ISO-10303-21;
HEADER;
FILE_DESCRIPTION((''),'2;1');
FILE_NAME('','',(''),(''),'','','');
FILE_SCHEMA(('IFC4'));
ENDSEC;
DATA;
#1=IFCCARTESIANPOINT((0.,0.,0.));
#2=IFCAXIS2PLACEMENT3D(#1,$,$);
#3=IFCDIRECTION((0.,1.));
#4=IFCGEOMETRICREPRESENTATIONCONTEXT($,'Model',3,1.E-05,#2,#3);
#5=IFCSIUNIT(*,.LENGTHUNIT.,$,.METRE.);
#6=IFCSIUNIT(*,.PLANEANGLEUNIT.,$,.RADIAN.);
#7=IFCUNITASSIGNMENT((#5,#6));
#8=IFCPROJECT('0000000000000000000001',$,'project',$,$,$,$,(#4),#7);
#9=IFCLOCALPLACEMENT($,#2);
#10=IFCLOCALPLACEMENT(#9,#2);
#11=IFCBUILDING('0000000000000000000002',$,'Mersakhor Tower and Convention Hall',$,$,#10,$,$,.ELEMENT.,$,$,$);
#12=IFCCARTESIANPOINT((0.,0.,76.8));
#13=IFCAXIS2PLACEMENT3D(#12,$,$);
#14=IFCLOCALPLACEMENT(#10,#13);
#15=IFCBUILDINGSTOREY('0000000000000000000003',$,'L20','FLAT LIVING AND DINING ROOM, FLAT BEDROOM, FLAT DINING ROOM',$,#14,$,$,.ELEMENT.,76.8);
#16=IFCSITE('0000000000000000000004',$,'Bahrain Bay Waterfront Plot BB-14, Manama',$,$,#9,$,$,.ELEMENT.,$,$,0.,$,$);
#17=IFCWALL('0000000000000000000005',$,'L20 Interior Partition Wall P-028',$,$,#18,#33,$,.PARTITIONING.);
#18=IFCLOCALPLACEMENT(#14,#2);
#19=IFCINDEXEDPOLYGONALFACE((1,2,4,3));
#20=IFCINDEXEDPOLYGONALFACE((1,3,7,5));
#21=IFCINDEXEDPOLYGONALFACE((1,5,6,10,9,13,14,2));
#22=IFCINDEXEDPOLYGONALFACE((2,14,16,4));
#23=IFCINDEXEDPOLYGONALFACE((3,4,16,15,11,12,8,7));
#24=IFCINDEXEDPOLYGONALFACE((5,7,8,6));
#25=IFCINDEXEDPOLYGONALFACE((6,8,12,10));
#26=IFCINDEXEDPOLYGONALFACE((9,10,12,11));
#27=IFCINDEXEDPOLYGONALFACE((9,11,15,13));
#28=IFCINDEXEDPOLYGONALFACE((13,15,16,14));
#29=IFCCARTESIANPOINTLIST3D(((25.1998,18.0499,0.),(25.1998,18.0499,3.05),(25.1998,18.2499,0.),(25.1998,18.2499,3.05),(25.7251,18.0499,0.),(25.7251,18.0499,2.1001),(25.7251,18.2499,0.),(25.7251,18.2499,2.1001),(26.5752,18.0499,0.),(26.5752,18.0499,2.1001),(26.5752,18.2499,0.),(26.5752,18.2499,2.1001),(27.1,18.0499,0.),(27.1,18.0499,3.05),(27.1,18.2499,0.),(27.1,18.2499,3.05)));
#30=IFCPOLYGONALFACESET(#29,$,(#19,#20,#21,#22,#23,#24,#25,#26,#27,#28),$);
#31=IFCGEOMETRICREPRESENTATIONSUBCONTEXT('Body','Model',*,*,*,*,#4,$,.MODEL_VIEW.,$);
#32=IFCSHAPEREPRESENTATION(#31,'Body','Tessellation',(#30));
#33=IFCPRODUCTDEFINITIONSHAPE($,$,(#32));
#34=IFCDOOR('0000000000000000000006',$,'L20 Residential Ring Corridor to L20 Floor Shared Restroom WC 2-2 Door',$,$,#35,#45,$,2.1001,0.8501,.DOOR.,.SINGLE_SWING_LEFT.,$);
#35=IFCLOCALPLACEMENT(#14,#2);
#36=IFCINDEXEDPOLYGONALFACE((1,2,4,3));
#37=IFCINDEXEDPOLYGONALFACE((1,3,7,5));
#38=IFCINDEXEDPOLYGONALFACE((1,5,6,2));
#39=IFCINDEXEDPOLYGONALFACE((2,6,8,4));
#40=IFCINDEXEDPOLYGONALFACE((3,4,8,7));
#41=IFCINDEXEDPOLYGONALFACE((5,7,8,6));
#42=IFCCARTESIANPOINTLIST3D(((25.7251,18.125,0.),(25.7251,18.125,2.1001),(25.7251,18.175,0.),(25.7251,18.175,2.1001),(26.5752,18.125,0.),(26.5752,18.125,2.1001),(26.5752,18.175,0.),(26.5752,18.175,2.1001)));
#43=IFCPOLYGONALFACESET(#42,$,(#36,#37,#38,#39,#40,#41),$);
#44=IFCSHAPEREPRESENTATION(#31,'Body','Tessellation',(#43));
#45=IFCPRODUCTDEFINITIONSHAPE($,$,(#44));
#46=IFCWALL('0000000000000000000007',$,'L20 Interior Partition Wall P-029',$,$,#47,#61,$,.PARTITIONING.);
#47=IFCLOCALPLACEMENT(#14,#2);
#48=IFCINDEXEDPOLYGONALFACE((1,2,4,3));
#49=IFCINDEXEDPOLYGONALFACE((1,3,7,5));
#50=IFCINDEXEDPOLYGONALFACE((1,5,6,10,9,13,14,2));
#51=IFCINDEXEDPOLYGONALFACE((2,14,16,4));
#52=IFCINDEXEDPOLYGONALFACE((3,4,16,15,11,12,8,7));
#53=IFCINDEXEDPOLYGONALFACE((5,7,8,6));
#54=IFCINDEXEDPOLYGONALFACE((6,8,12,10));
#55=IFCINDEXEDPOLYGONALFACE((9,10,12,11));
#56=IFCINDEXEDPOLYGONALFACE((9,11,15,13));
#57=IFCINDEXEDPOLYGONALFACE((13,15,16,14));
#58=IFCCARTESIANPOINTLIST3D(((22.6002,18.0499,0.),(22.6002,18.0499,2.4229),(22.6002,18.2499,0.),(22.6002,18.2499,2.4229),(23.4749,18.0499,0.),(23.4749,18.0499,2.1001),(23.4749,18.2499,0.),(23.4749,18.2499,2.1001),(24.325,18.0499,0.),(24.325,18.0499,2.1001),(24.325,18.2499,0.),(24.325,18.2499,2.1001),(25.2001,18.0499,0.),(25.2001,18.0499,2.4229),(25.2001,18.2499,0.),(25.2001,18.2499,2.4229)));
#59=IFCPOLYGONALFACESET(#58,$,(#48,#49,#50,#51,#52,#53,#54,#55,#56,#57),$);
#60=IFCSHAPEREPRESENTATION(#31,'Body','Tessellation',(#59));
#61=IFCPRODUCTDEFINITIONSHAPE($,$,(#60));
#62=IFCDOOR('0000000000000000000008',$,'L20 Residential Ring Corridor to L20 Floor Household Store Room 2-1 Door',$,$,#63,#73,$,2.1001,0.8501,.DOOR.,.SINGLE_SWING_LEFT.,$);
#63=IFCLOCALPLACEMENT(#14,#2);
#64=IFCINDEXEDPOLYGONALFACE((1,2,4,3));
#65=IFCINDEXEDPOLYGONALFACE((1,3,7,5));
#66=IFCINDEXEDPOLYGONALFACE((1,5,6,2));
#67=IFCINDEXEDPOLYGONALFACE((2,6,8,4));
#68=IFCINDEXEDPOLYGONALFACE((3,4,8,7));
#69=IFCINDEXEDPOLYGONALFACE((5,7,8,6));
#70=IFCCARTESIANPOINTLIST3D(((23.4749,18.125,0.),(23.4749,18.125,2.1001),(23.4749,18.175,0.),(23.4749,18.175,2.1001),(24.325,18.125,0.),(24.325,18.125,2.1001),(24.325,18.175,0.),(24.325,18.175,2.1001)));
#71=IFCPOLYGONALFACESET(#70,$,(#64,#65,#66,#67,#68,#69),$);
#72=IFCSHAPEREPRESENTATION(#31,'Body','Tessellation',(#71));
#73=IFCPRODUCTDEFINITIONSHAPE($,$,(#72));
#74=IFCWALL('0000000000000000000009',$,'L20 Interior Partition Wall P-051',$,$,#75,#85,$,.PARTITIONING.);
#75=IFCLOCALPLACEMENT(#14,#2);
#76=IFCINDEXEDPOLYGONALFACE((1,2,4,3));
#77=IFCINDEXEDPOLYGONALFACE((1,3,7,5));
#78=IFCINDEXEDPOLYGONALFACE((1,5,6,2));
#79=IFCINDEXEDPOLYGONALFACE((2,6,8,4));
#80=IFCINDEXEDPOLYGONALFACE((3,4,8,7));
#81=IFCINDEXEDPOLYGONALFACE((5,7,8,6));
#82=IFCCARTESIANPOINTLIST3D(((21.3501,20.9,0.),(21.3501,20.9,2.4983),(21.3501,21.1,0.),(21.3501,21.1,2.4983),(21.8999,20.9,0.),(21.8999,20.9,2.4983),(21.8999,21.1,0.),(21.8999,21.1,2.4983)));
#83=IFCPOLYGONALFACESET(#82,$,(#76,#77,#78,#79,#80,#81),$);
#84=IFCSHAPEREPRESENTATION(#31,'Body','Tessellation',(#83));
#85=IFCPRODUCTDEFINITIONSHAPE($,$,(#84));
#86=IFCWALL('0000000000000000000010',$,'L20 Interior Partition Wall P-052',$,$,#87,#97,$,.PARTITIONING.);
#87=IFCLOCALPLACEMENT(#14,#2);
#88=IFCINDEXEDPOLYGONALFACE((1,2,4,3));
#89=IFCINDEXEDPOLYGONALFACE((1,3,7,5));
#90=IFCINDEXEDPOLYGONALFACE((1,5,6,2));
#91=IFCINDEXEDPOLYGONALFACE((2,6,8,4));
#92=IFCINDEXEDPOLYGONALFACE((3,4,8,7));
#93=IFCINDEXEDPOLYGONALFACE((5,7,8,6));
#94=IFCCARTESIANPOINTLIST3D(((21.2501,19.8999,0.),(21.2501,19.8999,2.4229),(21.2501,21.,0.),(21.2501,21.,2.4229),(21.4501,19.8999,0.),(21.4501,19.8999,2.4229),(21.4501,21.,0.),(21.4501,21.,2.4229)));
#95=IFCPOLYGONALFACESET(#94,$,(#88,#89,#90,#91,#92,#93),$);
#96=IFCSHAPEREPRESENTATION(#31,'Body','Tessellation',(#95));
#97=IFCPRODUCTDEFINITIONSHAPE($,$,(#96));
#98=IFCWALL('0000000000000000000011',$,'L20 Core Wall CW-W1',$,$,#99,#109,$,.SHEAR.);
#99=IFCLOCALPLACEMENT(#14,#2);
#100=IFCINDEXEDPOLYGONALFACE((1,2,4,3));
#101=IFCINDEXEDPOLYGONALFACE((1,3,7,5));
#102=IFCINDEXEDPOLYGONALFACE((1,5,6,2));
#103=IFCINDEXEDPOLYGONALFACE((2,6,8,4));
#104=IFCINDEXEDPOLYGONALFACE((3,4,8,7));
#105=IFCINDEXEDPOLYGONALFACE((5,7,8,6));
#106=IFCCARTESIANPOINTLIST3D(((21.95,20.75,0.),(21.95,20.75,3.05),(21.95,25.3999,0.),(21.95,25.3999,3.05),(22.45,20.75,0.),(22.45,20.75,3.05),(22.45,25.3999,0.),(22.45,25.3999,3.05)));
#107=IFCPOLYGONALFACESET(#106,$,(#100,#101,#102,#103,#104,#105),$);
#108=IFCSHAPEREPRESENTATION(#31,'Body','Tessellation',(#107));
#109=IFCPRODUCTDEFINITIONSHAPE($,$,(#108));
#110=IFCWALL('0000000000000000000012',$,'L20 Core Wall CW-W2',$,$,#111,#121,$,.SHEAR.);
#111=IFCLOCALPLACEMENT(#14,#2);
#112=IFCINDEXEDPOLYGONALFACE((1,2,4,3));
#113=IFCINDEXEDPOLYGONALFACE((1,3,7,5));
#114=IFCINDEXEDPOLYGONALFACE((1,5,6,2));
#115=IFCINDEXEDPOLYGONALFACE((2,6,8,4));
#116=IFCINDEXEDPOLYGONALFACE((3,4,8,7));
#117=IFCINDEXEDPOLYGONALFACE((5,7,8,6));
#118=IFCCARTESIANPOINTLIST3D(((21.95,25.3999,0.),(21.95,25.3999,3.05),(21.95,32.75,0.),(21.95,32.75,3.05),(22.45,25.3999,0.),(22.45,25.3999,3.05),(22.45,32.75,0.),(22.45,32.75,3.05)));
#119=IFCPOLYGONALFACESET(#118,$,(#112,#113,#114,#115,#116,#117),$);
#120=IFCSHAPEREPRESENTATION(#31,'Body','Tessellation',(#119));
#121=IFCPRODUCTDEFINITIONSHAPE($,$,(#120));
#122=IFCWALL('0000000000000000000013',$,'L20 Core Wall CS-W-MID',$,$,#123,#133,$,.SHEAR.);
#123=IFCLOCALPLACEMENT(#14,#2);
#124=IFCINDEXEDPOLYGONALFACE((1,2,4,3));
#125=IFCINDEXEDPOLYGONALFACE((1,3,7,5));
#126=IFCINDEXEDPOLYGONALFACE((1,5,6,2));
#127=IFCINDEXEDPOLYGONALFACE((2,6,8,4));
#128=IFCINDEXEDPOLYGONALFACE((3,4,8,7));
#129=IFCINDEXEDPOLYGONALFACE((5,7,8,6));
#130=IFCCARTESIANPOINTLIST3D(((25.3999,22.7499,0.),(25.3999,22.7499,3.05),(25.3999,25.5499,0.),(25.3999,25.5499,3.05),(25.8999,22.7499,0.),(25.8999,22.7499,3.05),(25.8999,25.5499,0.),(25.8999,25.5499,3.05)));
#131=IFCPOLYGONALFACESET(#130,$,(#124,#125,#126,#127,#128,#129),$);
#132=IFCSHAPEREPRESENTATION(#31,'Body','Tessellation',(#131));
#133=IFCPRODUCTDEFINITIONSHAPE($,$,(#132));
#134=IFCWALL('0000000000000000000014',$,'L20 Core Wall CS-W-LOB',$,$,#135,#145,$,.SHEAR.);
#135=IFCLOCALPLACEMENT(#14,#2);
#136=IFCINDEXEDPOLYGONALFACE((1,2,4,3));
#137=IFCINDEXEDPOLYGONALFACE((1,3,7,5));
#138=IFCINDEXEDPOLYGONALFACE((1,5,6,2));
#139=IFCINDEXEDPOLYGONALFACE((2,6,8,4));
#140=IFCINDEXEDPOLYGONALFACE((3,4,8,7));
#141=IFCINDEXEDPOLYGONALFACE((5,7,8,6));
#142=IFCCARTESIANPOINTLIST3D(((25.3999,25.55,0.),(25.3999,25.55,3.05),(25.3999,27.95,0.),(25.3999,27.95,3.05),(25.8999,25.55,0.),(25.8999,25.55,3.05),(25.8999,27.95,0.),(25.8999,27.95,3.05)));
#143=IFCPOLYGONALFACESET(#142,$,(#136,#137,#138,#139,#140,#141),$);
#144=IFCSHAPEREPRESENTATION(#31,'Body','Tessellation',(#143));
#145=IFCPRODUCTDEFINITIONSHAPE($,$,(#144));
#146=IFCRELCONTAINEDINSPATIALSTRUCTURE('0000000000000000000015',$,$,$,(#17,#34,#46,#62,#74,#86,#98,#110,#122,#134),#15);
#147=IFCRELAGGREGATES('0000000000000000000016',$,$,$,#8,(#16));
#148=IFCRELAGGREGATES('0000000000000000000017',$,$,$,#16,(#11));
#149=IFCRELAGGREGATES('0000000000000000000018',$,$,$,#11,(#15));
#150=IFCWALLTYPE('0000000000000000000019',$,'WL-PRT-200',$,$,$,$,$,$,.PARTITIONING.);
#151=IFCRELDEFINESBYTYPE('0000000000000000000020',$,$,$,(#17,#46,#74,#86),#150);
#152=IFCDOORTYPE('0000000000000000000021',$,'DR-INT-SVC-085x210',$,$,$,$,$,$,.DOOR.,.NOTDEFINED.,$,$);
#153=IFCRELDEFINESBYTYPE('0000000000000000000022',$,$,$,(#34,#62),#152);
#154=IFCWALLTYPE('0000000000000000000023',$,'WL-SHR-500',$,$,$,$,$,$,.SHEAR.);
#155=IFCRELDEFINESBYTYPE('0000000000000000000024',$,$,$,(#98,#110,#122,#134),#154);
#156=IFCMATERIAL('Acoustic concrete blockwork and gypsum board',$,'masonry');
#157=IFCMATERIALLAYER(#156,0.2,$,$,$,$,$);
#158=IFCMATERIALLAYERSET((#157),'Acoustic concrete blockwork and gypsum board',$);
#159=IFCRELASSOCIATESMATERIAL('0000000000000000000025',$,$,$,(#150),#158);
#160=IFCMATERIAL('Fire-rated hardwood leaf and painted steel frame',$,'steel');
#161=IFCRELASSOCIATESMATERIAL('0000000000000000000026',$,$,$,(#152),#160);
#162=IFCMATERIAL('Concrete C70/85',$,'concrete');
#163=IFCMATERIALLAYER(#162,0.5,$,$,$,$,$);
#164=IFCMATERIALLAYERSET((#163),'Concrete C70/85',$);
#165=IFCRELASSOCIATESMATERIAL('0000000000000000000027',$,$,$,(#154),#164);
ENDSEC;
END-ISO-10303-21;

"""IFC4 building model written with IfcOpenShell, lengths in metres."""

from ifc_helpers import new_model, si_unit, direction, frame, frame_2d, origin, place, context, subcontext, project, spatial, rectangle, extrude, material, layer, layer_set, type_object, element, fill, save


model = new_model("IFC4")

# Units and contexts
model_context = context("Model", 3, precision=1e-05, world=origin(), true_north=direction((0.0, 1.0)))
body_context = subcontext(model_context, "Body", "Model", "MODEL_VIEW")
ifc_project = project(units=[si_unit("LENGTHUNIT", "METRE"), si_unit("PLANEANGLEUNIT", "RADIAN")], contexts=[model_context])

# Site, building, storey
site_placement = place(None, origin())
site = spatial("IfcSite", under=ifc_project, at=site_placement, Name="Bahrain Bay Waterfront Plot BB-14, Manama", CompositionType="ELEMENT", RefElevation=0.0)
building_placement = place(site_placement, origin())
building = spatial("IfcBuilding", under=site, at=building_placement, Name="Mersakhor Tower and Convention Hall", CompositionType="ELEMENT")
storey_placement = place(building_placement, frame((0.0, 0.0, 76.8)))
storey = spatial("IfcBuildingStorey", under=building, at=storey_placement, Name="L20", Description="FLAT LIVING AND DINING ROOM, FLAT BEDROOM, FLAT DINING ROOM", CompositionType="ELEMENT", Elevation=76.8)

# Shared definitions
ifc_material_1 = material(Name="Acoustic concrete blockwork and gypsum board", Category="masonry")
ifc_layer_1 = layer(ifc_material_1, 0.2)
ifc_layer_set_1 = layer_set([ifc_layer_1], Name="Acoustic concrete blockwork and gypsum board")
wall_type_1 = type_object("IfcWallType", Name="WL-PRT-200", PredefinedType="PARTITIONING", material=ifc_layer_set_1)

# Walls, openings, doors
wall_1_placement = place(storey_placement, frame((27.1001, 18.1499, 0.0), z_axis=(0.0, 0.0, 1.0), x_axis=(-1.0, 0.0, 0.0)))
wall_1 = element("IfcWall", 1, at=wall_1_placement, inside=storey, type_object=wall_type_1, Name="L20 Interior Partition Wall P-028", PredefinedType="PARTITIONING", context=body_context, shape_type="SweptSolid", body=[
    extrude(rectangle(XDim=1.9001, YDim=0.2, at=frame_2d((0.9502, 0.0))), origin(), (0.0, 0.0, 1.0), 3.05),
])
opening_1_placement = place(wall_1_placement, frame((0.5249, 0.0, 0.0)))
opening_1 = element("IfcOpeningElement", 2, at=opening_1_placement, cuts=wall_1, PredefinedType="OPENING", context=body_context, shape_type="SweptSolid", body=[
    extrude(rectangle(XDim=0.8501, YDim=2.1001, at=frame_2d((0.425, 1.05))), frame((0.0, 0.1099, 0.0), z_axis=(0.0, -1.0, 0.0), x_axis=(1.0, 0.0, 0.0)), (0.0, 0.0, 1.0), 0.22),
])
ifc_material_2 = material(Name="Fire-rated hardwood leaf and painted steel frame", Category="steel")
door_type_1 = type_object("IfcDoorType", Name="DR-INT-SVC-085x210", OperationType="NOTDEFINED", PredefinedType="DOOR", material=ifc_material_2)
door_1_placement = place(opening_1_placement, origin())
door_1 = element("IfcDoor", 3, at=door_1_placement, inside=storey, type_object=door_type_1, Name="L20 Residential Ring Corridor to L20 Floor Shared Restroom WC 2-2 Door", OperationType="SINGLE_SWING_LEFT", OverallHeight=2.1001, OverallWidth=0.8501, PredefinedType="DOOR", context=body_context, shape_type="SweptSolid", body=[
    extrude(rectangle(XDim=0.8501, YDim=2.1001, at=frame_2d((0.425, 1.05))), frame((0.0, 0.0249, 0.0), z_axis=(0.0, -1.0, 0.0), x_axis=(1.0, 0.0, 0.0)), (0.0, 0.0, 1.0), 0.05),
])
fill(opening_1, door_1)
wall_2_placement = place(storey_placement, frame((25.2, 18.1499, 0.0), z_axis=(0.0, 0.0, 1.0), x_axis=(-1.0, 0.0, 0.0)))
wall_2 = element("IfcWall", 4, at=wall_2_placement, inside=storey, type_object=wall_type_1, Name="L20 Interior Partition Wall P-029", PredefinedType="PARTITIONING", context=body_context, shape_type="SweptSolid", body=[
    extrude(rectangle(XDim=2.5999, YDim=0.2, at=frame_2d((1.2998, 0.0))), origin(), (0.0, 0.0, 1.0), 2.4229),
])
opening_2_placement = place(wall_2_placement, frame((0.875, 0.0, 0.0)))
opening_2 = element("IfcOpeningElement", 5, at=opening_2_placement, cuts=wall_2, PredefinedType="OPENING", context=body_context, shape_type="SweptSolid", body=[
    extrude(rectangle(XDim=0.8501, YDim=2.1001, at=frame_2d((0.425, 1.05))), frame((0.0, 0.1099, 0.0), z_axis=(0.0, -1.0, 0.0), x_axis=(1.0, 0.0, 0.0)), (0.0, 0.0, 1.0), 0.22),
])
door_2_placement = place(opening_2_placement, origin())
door_2 = element("IfcDoor", 6, at=door_2_placement, inside=storey, type_object=door_type_1, Name="L20 Residential Ring Corridor to L20 Floor Household Store Room 2-1 Door", OperationType="SINGLE_SWING_LEFT", OverallHeight=2.1001, OverallWidth=0.8501, PredefinedType="DOOR", context=body_context, shape_type="SweptSolid", body=[
    extrude(rectangle(XDim=0.8501, YDim=2.1001, at=frame_2d((0.425, 1.05))), frame((0.0, 0.0249, 0.0), z_axis=(0.0, -1.0, 0.0), x_axis=(1.0, 0.0, 0.0)), (0.0, 0.0, 1.0), 0.05),
])
fill(opening_2, door_2)

# Walls
wall_3_placement = place(storey_placement, frame((21.8999, 21.0, 0.0), z_axis=(0.0, 0.0, 1.0), x_axis=(-1.0, 0.0, 0.0)))
element("IfcWall", 7, at=wall_3_placement, inside=storey, type_object=wall_type_1, Name="L20 Interior Partition Wall P-051", PredefinedType="PARTITIONING", context=body_context, shape_type="SweptSolid", body=[
    extrude(rectangle(XDim=0.5498, YDim=0.2, at=frame_2d((0.2749, 0.0))), origin(), (0.0, 0.0, 1.0), 2.4983),
])
wall_4_placement = place(storey_placement, frame((21.3501, 21.0, 0.0), z_axis=(0.0, 0.0, 1.0), x_axis=(0.0, -1.0, 0.0)))
element("IfcWall", 8, at=wall_4_placement, inside=storey, type_object=wall_type_1, Name="L20 Interior Partition Wall P-052", PredefinedType="PARTITIONING", context=body_context, shape_type="SweptSolid", body=[
    extrude(rectangle(XDim=1.1001, YDim=0.2, at=frame_2d((0.55, 0.0))), origin(), (0.0, 0.0, 1.0), 2.4229),
])

# Walls
ifc_material_3 = material(Name="Concrete C70/85", Category="concrete")
ifc_layer_2 = layer(ifc_material_3, 0.5)
ifc_layer_set_2 = layer_set([ifc_layer_2], Name="Concrete C70/85")
wall_type_2 = type_object("IfcWallType", Name="WL-SHR-500", PredefinedType="SHEAR", material=ifc_layer_set_2)
wall_5_placement = place(storey_placement, frame((22.2, 20.75, 0.0), z_axis=(0.0, 0.0, 1.0), x_axis=(0.0, 1.0, 0.0)))
element("IfcWall", 9, at=wall_5_placement, inside=storey, type_object=wall_type_2, Name="L20 Core Wall CW-W1", PredefinedType="SHEAR", context=body_context, shape_type="SweptSolid", body=[
    extrude(rectangle(XDim=4.6499, YDim=0.5, at=frame_2d((2.325, 0.0))), origin(), (0.0, 0.0, 1.0), 3.05),
])
wall_6_placement = place(storey_placement, frame((22.2, 25.3999, 0.0), z_axis=(0.0, 0.0, 1.0), x_axis=(0.0, 1.0, 0.0)))
element("IfcWall", 10, at=wall_6_placement, inside=storey, type_object=wall_type_2, Name="L20 Core Wall CW-W2", PredefinedType="SHEAR", context=body_context, shape_type="SweptSolid", body=[
    extrude(rectangle(XDim=7.3501, YDim=0.5, at=frame_2d((3.675, 0.0))), origin(), (0.0, 0.0, 1.0), 3.05),
])

# Walls
wall_7_placement = place(storey_placement, frame((25.6499, 22.75, 0.0), z_axis=(0.0, 0.0, 1.0), x_axis=(0.0, 1.0, 0.0)))
element("IfcWall", 11, at=wall_7_placement, inside=storey, type_object=wall_type_2, Name="L20 Core Wall CS-W-MID", PredefinedType="SHEAR", context=body_context, shape_type="SweptSolid", body=[
    extrude(rectangle(XDim=2.8, YDim=0.5, at=frame_2d((1.3999, 0.0))), origin(), (0.0, 0.0, 1.0), 3.05),
])
wall_8_placement = place(storey_placement, frame((25.6499, 25.55, 0.0), z_axis=(0.0, 0.0, 1.0), x_axis=(0.0, 1.0, 0.0)))
element("IfcWall", 12, at=wall_8_placement, inside=storey, type_object=wall_type_2, Name="L20 Core Wall CS-W-LOB", PredefinedType="SHEAR", context=body_context, shape_type="SweptSolid", body=[
    extrude(rectangle(XDim=2.3999, YDim=0.5, at=frame_2d((1.2, 0.0))), origin(), (0.0, 0.0, 1.0), 3.05),
])

save(model, "model.ifc")
